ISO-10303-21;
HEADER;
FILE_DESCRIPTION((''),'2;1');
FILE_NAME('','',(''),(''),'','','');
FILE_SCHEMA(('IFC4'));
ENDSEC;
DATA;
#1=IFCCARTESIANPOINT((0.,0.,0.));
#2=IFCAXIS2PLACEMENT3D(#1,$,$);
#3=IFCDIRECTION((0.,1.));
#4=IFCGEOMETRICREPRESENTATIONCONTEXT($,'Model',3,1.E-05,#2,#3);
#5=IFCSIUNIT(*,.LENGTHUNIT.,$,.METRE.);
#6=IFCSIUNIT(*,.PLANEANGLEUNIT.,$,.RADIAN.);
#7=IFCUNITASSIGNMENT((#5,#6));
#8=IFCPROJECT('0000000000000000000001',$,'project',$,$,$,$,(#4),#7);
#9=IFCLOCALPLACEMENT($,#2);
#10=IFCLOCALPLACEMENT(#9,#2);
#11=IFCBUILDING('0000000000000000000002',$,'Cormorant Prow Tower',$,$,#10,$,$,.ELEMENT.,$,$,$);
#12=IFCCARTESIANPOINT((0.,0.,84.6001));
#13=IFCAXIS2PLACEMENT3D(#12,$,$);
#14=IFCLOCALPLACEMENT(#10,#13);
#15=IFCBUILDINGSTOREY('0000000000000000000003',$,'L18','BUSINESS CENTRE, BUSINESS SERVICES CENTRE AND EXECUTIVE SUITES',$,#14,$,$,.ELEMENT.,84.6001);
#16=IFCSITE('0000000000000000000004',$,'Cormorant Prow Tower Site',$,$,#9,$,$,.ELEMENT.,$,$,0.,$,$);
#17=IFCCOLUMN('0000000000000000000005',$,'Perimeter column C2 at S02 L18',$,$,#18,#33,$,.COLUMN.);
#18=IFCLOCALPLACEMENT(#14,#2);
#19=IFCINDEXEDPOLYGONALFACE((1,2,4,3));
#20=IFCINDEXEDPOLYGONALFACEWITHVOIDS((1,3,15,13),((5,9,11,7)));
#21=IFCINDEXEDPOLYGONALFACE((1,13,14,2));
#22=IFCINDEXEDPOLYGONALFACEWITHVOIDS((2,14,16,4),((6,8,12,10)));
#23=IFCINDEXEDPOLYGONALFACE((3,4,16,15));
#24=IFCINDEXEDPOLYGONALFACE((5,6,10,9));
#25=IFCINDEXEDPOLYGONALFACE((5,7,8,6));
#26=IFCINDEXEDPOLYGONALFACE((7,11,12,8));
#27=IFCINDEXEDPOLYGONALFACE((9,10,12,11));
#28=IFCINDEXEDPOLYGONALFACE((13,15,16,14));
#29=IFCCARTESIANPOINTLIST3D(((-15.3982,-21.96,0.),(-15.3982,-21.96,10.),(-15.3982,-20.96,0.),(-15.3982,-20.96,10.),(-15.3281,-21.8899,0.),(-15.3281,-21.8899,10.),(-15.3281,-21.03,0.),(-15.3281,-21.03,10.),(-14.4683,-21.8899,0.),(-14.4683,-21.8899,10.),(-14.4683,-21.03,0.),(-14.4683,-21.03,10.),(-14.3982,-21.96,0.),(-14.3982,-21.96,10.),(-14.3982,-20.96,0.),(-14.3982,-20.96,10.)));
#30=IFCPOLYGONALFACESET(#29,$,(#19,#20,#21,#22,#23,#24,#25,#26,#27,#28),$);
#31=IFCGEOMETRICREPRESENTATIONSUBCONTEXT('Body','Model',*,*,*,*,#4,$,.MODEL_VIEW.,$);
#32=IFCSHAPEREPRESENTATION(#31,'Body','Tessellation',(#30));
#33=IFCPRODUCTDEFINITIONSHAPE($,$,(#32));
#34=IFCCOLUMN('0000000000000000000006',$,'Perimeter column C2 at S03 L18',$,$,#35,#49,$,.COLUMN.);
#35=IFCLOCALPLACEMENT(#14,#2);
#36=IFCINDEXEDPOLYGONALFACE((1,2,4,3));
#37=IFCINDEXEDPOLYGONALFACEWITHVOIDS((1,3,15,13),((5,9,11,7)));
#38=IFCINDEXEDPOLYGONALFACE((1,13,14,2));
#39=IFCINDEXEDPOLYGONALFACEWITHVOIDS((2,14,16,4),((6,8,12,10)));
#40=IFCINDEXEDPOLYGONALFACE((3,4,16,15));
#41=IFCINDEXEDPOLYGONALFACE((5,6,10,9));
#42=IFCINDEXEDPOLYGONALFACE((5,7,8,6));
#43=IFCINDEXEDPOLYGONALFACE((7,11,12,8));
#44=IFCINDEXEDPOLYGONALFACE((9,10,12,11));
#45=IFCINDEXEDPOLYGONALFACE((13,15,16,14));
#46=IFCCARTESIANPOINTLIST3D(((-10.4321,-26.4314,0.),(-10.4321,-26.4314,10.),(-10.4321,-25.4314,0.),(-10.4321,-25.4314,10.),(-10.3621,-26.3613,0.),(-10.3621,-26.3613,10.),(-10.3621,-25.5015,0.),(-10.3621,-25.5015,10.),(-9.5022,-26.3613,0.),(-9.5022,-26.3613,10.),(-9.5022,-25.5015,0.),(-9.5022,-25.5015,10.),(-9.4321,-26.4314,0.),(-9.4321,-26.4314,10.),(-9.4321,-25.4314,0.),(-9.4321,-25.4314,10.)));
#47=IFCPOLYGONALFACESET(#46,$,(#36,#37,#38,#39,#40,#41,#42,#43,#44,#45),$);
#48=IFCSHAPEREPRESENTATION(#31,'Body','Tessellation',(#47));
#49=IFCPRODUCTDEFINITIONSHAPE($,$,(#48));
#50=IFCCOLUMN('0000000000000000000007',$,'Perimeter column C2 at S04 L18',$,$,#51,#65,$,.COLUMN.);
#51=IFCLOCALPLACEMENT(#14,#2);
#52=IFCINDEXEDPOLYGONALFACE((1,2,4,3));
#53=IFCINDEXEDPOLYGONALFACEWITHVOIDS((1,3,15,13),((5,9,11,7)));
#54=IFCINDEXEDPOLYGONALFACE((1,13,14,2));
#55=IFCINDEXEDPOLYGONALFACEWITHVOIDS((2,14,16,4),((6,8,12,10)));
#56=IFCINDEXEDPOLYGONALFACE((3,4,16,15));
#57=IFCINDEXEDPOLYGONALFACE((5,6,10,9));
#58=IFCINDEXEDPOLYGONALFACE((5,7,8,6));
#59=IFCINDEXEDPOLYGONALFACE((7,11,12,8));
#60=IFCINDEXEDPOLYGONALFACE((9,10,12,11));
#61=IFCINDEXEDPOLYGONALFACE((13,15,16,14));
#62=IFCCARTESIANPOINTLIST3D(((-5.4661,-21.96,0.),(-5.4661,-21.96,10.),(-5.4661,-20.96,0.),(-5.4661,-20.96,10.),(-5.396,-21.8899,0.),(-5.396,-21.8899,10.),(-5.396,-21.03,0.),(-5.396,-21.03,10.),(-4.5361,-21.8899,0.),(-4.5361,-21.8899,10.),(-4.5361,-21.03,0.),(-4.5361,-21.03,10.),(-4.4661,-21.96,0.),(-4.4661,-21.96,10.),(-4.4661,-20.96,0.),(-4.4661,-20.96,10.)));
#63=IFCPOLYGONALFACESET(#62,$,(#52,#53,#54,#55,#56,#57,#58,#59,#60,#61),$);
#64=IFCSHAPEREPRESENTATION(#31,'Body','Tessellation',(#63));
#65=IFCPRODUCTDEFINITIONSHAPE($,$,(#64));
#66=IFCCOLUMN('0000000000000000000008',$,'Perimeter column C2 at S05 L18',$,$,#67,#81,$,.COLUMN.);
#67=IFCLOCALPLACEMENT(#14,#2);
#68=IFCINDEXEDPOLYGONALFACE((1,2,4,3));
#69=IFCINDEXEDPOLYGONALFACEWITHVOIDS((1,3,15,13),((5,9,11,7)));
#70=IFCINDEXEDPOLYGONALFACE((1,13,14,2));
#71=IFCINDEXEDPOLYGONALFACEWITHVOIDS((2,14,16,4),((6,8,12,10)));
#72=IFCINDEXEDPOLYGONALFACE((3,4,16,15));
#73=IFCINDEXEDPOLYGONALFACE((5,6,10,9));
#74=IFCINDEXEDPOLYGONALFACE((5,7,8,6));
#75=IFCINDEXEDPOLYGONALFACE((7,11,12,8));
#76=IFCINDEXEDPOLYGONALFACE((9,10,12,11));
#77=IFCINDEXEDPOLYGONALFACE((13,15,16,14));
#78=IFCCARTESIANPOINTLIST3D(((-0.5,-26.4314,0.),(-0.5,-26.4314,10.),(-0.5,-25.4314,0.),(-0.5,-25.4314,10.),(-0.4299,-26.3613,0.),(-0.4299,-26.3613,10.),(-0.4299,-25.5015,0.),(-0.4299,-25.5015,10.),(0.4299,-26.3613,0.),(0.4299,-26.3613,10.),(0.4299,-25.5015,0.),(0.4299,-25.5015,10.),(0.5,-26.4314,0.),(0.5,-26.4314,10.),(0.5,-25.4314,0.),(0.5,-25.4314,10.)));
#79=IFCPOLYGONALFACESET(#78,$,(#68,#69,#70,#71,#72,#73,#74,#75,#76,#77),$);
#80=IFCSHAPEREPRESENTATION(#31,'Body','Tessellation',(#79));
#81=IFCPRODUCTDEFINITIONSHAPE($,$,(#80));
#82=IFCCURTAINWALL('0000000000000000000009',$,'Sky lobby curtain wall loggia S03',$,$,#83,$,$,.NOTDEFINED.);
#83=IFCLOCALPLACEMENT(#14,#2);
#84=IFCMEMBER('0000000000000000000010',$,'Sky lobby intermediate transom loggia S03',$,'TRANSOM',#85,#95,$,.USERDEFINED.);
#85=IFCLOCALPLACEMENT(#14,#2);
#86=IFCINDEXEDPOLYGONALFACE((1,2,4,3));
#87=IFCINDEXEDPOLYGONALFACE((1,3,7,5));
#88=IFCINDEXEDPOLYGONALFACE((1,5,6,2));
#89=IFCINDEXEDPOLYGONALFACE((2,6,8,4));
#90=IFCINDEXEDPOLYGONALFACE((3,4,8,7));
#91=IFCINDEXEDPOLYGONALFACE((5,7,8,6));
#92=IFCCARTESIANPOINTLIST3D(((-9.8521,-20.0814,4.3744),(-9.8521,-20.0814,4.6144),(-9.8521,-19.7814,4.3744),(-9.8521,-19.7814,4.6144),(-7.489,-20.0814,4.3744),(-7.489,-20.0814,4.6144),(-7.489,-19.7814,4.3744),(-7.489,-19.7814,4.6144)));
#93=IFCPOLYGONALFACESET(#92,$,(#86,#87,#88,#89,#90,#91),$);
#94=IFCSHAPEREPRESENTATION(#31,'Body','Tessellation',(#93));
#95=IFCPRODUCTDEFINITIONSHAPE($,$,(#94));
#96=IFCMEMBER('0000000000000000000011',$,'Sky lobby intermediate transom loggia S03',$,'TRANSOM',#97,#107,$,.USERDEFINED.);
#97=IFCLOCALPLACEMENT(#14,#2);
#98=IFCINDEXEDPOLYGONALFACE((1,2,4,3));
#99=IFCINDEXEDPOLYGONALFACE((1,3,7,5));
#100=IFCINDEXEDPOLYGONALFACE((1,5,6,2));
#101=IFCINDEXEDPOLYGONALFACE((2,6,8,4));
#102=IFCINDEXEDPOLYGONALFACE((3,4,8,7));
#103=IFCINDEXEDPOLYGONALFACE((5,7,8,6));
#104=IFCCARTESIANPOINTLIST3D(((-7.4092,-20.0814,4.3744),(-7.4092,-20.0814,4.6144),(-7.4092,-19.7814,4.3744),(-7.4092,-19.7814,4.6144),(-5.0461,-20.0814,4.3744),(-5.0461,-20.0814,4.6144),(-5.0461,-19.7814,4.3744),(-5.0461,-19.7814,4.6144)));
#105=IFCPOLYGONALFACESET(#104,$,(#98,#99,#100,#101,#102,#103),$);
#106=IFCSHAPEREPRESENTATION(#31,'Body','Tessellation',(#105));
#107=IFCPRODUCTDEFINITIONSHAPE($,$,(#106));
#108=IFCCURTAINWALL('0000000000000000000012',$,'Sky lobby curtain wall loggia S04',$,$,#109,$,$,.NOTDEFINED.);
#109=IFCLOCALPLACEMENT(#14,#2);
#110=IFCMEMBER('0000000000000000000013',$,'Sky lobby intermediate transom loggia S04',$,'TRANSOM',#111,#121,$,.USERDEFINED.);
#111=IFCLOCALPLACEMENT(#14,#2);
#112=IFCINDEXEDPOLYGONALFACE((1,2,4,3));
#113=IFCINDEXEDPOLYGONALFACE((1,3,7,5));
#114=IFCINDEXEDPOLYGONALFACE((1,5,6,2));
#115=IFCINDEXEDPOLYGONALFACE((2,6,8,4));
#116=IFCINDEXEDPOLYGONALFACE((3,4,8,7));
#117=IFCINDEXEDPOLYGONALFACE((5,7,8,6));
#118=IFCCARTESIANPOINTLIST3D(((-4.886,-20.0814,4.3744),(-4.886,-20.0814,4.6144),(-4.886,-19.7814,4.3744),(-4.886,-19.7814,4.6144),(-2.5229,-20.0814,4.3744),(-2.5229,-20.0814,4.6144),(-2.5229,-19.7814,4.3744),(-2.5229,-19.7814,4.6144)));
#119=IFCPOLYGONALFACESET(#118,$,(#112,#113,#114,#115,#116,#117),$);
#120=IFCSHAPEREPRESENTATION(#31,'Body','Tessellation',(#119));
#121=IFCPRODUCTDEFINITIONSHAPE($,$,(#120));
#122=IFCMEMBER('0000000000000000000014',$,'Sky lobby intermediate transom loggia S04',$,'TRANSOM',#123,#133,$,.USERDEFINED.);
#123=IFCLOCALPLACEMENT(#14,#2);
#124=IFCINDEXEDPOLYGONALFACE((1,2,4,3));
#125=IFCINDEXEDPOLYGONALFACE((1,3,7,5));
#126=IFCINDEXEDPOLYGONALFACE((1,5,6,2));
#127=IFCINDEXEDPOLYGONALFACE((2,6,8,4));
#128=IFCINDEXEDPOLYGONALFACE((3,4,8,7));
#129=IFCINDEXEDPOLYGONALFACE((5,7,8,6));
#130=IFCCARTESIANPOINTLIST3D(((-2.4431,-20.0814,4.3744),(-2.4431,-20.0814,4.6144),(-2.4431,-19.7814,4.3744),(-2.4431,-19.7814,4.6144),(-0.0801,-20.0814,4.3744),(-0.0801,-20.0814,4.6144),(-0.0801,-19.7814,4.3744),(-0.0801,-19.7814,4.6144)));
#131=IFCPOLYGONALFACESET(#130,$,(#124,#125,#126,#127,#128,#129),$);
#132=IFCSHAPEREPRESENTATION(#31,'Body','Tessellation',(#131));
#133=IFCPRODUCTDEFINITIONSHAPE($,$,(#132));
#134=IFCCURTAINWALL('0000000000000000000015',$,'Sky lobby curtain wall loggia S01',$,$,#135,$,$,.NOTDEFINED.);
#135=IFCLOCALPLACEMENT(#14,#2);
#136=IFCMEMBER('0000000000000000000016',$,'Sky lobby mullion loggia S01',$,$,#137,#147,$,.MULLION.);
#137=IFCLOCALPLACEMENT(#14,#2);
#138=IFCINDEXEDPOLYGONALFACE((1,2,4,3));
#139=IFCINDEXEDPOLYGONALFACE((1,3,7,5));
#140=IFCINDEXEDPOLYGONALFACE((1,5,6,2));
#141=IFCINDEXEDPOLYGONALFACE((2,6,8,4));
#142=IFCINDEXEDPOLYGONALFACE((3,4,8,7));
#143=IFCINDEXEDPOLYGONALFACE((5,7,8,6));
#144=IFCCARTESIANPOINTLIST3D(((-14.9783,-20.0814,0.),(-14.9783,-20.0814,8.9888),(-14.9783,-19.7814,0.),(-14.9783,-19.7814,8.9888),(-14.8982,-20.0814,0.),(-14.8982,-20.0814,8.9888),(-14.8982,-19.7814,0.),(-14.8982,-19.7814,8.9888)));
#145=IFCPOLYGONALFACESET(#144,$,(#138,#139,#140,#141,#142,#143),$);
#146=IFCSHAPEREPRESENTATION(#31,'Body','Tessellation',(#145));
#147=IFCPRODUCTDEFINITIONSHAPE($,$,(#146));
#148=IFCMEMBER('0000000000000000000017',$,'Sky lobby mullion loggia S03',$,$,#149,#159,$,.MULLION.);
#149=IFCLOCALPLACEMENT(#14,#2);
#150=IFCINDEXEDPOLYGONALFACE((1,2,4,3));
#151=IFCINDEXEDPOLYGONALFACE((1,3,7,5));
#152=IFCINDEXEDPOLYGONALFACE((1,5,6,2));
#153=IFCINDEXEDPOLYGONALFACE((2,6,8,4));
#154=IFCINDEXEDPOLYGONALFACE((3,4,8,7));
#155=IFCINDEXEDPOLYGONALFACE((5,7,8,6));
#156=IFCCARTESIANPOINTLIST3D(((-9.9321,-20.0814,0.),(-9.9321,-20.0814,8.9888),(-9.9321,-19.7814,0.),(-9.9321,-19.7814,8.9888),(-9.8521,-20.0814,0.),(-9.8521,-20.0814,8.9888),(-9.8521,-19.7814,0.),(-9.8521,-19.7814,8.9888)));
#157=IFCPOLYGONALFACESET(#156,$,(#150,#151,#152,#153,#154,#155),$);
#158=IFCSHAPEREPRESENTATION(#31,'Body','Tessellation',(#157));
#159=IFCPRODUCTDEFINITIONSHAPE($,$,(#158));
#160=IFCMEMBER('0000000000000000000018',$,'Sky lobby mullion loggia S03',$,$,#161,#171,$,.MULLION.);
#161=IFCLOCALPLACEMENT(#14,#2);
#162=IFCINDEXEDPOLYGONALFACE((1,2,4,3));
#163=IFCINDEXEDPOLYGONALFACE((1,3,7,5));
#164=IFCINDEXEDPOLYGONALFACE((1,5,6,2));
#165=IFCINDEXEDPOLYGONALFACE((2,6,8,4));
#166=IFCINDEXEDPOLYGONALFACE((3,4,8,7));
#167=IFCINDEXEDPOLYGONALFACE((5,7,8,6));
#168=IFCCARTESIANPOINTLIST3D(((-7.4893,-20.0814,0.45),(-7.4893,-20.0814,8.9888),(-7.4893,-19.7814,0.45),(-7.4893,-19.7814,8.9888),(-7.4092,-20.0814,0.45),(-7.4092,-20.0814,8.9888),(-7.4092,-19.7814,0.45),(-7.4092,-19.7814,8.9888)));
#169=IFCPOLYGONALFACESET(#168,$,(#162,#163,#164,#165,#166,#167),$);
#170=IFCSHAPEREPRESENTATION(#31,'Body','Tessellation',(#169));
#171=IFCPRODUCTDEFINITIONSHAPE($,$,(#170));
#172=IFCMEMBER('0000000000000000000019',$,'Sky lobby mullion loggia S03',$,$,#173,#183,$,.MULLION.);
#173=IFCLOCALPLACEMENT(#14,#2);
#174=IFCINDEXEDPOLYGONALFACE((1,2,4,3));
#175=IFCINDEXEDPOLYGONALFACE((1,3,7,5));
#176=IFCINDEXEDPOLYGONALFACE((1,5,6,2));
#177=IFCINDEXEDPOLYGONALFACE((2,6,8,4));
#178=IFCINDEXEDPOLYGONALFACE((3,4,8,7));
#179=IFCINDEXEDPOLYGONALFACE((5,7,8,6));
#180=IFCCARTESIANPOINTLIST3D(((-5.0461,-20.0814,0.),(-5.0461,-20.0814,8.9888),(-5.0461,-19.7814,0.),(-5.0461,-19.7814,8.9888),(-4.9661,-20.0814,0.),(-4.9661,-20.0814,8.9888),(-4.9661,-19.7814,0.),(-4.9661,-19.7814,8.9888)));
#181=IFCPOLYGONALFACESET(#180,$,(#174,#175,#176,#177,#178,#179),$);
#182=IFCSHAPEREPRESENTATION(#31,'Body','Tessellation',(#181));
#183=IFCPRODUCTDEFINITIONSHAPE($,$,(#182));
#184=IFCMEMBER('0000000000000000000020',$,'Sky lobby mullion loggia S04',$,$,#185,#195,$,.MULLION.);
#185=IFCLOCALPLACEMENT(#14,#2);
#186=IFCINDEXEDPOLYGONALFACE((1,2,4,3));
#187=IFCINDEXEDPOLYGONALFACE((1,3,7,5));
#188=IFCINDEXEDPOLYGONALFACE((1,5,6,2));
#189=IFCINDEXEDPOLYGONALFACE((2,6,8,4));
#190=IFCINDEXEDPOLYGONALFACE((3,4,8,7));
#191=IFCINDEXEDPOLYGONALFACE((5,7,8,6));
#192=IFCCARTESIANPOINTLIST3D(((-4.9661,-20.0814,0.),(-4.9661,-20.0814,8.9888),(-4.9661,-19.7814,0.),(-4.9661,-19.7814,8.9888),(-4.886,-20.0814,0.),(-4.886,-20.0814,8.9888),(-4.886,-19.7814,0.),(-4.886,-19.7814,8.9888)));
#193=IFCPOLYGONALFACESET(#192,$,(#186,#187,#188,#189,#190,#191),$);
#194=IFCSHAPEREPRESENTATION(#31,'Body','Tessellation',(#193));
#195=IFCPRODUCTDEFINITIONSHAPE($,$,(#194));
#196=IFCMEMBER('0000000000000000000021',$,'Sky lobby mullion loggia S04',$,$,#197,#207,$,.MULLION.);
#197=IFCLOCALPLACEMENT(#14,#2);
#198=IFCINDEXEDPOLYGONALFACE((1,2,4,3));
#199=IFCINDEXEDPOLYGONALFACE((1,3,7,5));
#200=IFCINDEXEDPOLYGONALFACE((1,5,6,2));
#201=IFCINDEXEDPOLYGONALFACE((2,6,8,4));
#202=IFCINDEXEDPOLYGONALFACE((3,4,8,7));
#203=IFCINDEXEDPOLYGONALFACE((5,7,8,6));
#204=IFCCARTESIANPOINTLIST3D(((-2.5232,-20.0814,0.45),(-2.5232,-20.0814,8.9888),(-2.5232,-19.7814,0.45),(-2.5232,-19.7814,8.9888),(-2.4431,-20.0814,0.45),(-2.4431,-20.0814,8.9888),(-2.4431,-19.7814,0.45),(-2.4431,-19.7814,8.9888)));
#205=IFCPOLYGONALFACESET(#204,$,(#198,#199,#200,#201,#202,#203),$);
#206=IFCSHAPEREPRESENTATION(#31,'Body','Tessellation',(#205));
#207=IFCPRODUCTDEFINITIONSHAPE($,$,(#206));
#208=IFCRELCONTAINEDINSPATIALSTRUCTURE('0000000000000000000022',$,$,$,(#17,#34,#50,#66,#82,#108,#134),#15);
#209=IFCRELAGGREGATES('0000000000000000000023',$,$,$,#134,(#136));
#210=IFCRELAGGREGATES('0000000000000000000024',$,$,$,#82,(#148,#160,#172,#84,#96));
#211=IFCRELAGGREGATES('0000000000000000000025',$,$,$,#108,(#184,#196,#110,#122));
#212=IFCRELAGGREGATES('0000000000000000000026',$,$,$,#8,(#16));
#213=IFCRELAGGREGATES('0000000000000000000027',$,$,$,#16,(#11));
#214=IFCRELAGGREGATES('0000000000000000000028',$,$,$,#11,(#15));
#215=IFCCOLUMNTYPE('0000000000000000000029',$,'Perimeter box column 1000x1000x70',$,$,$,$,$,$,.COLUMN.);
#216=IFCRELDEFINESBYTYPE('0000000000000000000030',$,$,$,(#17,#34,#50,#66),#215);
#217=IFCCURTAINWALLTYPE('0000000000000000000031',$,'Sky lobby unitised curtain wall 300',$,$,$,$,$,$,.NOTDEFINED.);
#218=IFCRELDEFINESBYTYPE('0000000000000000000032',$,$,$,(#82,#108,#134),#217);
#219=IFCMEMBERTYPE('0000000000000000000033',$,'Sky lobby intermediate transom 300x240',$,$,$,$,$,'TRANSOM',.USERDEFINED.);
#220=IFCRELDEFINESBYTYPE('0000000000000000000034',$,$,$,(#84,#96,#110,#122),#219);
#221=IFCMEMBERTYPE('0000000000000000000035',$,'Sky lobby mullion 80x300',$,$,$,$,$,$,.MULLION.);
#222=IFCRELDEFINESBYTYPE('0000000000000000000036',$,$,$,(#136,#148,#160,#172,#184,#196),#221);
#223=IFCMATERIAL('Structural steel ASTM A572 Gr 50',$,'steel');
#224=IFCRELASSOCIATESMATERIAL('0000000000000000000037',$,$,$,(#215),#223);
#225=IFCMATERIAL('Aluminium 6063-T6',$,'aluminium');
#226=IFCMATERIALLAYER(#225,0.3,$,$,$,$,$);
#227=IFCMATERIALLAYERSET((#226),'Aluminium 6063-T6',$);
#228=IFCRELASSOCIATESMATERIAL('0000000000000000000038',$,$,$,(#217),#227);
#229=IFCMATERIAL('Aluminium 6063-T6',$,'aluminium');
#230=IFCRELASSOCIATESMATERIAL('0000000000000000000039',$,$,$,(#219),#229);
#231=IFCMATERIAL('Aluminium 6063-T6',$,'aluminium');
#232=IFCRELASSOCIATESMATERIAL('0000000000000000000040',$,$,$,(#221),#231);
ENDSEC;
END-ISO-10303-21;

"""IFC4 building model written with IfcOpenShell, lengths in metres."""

from ifc_helpers import new_model, si_unit, direction, frame, origin, origin_2d, place, context, subcontext, project, spatial, rectangle, hollow_rectangle, extrude, material, layer, layer_set, material_profile, profile_set, type_object, element, aggregate, save


model = new_model("IFC4")

# Units and contexts
model_context = context("Model", 3, precision=1e-05, world=origin(), true_north=direction((0.0, 1.0)))
body_context = subcontext(model_context, "Body", "Model", "MODEL_VIEW")
ifc_project = project(units=[si_unit("LENGTHUNIT", "METRE"), si_unit("PLANEANGLEUNIT", "RADIAN")], contexts=[model_context])

# Site, building, storey
site_placement = place(None, origin())
site = spatial("IfcSite", under=ifc_project, at=site_placement, Name="Cormorant Prow Tower Site", CompositionType="ELEMENT", RefElevation=0.0)
building_placement = place(site_placement, origin())
building = spatial("IfcBuilding", under=site, at=building_placement, Name="Cormorant Prow Tower", CompositionType="ELEMENT")
storey_placement = place(building_placement, frame((0.0, 0.0, 84.6001)))
storey = spatial("IfcBuildingStorey", under=building, at=storey_placement, Name="L18", Description="BUSINESS CENTRE, BUSINESS SERVICES CENTRE AND EXECUTIVE SUITES", CompositionType="ELEMENT", Elevation=84.6001)

# Columns
ifc_material_1 = material(Name="Structural steel ASTM A572 Gr 50", Category="steel")
ifc_material_profile_1 = material_profile(ifc_material_1, hollow_rectangle(XDim=1.0, YDim=1.0, WallThickness=0.0701, at=origin_2d()), Name="Box 1000x1000x70")
ifc_profile_set_1 = profile_set([ifc_material_profile_1], Name="Structural steel ASTM A572 Gr 50")
column_type = type_object("IfcColumnType", Name="Perimeter box column 1000x1000x70", PredefinedType="COLUMN", material=ifc_profile_set_1)
for number, where, z_axis, x_axis, name in (
    (1, (-14.8982, -21.46, 0.0), (0.0, 0.0, 1.0), (1.0, 0.0, 0.0), "Perimeter column C2 at S02 L18"),
    (2, (-9.9321, -25.9314, 0.0), (0.0, 0.0, 1.0), (1.0, 0.0, 0.0), "Perimeter column C2 at S03 L18"),
    (3, (-4.9661, -21.46, 0.0), (0.0, 0.0, 1.0), (1.0, 0.0, 0.0), "Perimeter column C2 at S04 L18"),
    (4, (0.0, -25.9314, 0.0), (0.0, 0.0, 1.0), (1.0, 0.0, 0.0), "Perimeter column C2 at S05 L18"),
):
    element("IfcColumn", number, at=place(storey_placement, frame(where, z_axis=z_axis, x_axis=x_axis)), inside=storey, type_object=column_type, Name=name, PredefinedType="COLUMN", context=body_context, shape_type="SweptSolid", body=[
        extrude(hollow_rectangle(XDim=1.0, YDim=1.0, WallThickness=0.0701, at=origin_2d()), origin(), (0.0, 0.0, 1.0), 10.0),
    ])

# Curtain walls, members
ifc_material_2 = material(Name="Aluminium 6063-T6", Category="aluminium")
ifc_layer_1 = layer(ifc_material_2, 0.3)
ifc_layer_set_1 = layer_set([ifc_layer_1], Name="Aluminium 6063-T6")
curtain_wall_type = type_object("IfcCurtainWallType", Name="Sky lobby unitised curtain wall 300", PredefinedType="NOTDEFINED", material=ifc_layer_set_1)
curtain_wall_1_placement = place(storey_placement, origin())
curtain_wall_1 = element("IfcCurtainWall", 5, at=curtain_wall_1_placement, inside=storey, type_object=curtain_wall_type, Name="Sky lobby curtain wall loggia S03", PredefinedType="NOTDEFINED")
ifc_material_3 = material(Name="Aluminium 6063-T6", Category="aluminium")
ifc_material_profile_2 = material_profile(ifc_material_3, rectangle(XDim=0.3, YDim=0.24, at=origin_2d()), Name="Sky lobby intermediate transom 300x240")
ifc_profile_set_2 = profile_set([ifc_material_profile_2], Name="Aluminium 6063-T6")
member_type_1 = type_object("IfcMemberType", Name="Sky lobby intermediate transom 300x240", ElementType="TRANSOM", PredefinedType="USERDEFINED", material=ifc_profile_set_2)
member_1_placement = place(storey_placement, frame((-9.8521, -19.9314, 4.4944), z_axis=(1.0, 0.0, 0.0), x_axis=(0.0, 1.0, 0.0)))
member_1 = element("IfcMember", 6, at=member_1_placement, type_object=member_type_1, Name="Sky lobby intermediate transom loggia S03", ObjectType="TRANSOM", PredefinedType="USERDEFINED", context=body_context, shape_type="SweptSolid", body=[
    extrude(rectangle(XDim=0.3, YDim=0.24, at=origin_2d()), origin(), (0.0, 0.0, 1.0), 2.363),
])
member_2_placement = place(storey_placement, frame((-7.4092, -19.9314, 4.4944), z_axis=(1.0, 0.0, 0.0), x_axis=(0.0, 1.0, 0.0)))
member_2 = element("IfcMember", 7, at=member_2_placement, type_object=member_type_1, Name="Sky lobby intermediate transom loggia S03", ObjectType="TRANSOM", PredefinedType="USERDEFINED", context=body_context, shape_type="SweptSolid", body=[
    extrude(rectangle(XDim=0.3, YDim=0.24, at=origin_2d()), origin(), (0.0, 0.0, 1.0), 2.363),
])
curtain_wall_2_placement = place(storey_placement, origin())
curtain_wall_2 = element("IfcCurtainWall", 8, at=curtain_wall_2_placement, inside=storey, type_object=curtain_wall_type, Name="Sky lobby curtain wall loggia S04", PredefinedType="NOTDEFINED")
member_3_placement = place(storey_placement, frame((-4.886, -19.9314, 4.4944), z_axis=(1.0, 0.0, 0.0), x_axis=(0.0, 1.0, 0.0)))
member_3 = element("IfcMember", 9, at=member_3_placement, type_object=member_type_1, Name="Sky lobby intermediate transom loggia S04", ObjectType="TRANSOM", PredefinedType="USERDEFINED", context=body_context, shape_type="SweptSolid", body=[
    extrude(rectangle(XDim=0.3, YDim=0.24, at=origin_2d()), origin(), (0.0, 0.0, 1.0), 2.363),
])
member_4_placement = place(storey_placement, frame((-2.4431, -19.9314, 4.4944), z_axis=(1.0, 0.0, 0.0), x_axis=(0.0, 1.0, 0.0)))
member_4 = element("IfcMember", 10, at=member_4_placement, type_object=member_type_1, Name="Sky lobby intermediate transom loggia S04", ObjectType="TRANSOM", PredefinedType="USERDEFINED", context=body_context, shape_type="SweptSolid", body=[
    extrude(rectangle(XDim=0.3, YDim=0.24, at=origin_2d()), origin(), (0.0, 0.0, 1.0), 2.363),
])

# Curtain wall, member
curtain_wall_3_placement = place(storey_placement, origin())
curtain_wall_3 = element("IfcCurtainWall", 11, at=curtain_wall_3_placement, inside=storey, type_object=curtain_wall_type, Name="Sky lobby curtain wall loggia S01", PredefinedType="NOTDEFINED")
ifc_material_4 = material(Name="Aluminium 6063-T6", Category="aluminium")
ifc_material_profile_3 = material_profile(ifc_material_4, rectangle(XDim=0.3, YDim=0.0801, at=origin_2d()), Name="Sky lobby mullion 80x300")
ifc_profile_set_3 = profile_set([ifc_material_profile_3], Name="Aluminium 6063-T6")
member_type_2 = type_object("IfcMemberType", Name="Sky lobby mullion 80x300", PredefinedType="MULLION", material=ifc_profile_set_3)
member_5_placement = place(storey_placement, frame((-14.9382, -19.9314, 0.0), z_axis=(0.0, 0.0, 1.0), x_axis=(0.0, 1.0, 0.0)))
member_5 = element("IfcMember", 12, at=member_5_placement, type_object=member_type_2, Name="Sky lobby mullion loggia S01", PredefinedType="MULLION", context=body_context, shape_type="SweptSolid", body=[
    extrude(rectangle(XDim=0.3, YDim=0.0801, at=origin_2d()), origin(), (0.0, 0.0, 1.0), 8.9888),
])
aggregate(curtain_wall_3, [member_5])

# Members
member_6_placement = place(storey_placement, frame((-9.8921, -19.9314, 0.0), z_axis=(0.0, 0.0, 1.0), x_axis=(0.0, 1.0, 0.0)))
member_6 = element("IfcMember", 13, at=member_6_placement, type_object=member_type_2, Name="Sky lobby mullion loggia S03", PredefinedType="MULLION", context=body_context, shape_type="SweptSolid", body=[
    extrude(rectangle(XDim=0.3, YDim=0.0801, at=origin_2d()), origin(), (0.0, 0.0, 1.0), 8.9888),
])
member_7_placement = place(storey_placement, frame((-7.4492, -19.9314, 0.45), z_axis=(0.0, 0.0, 1.0), x_axis=(0.0, 1.0, 0.0)))
member_7 = element("IfcMember", 14, at=member_7_placement, type_object=member_type_2, Name="Sky lobby mullion loggia S03", PredefinedType="MULLION", context=body_context, shape_type="SweptSolid", body=[
    extrude(rectangle(XDim=0.3, YDim=0.0801, at=origin_2d()), origin(), (0.0, 0.0, 1.0), 8.5388),
])
member_8_placement = place(storey_placement, frame((-5.0061, -19.9314, 0.0), z_axis=(0.0, 0.0, 1.0), x_axis=(0.0, 1.0, 0.0)))
member_8 = element("IfcMember", 15, at=member_8_placement, type_object=member_type_2, Name="Sky lobby mullion loggia S03", PredefinedType="MULLION", context=body_context, shape_type="SweptSolid", body=[
    extrude(rectangle(XDim=0.3, YDim=0.0801, at=origin_2d()), origin(), (0.0, 0.0, 1.0), 8.9888),
])
member_9_placement = place(storey_placement, frame((-4.926, -19.9314, 0.0), z_axis=(0.0, 0.0, 1.0), x_axis=(0.0, 1.0, 0.0)))
member_9 = element("IfcMember", 16, at=member_9_placement, type_object=member_type_2, Name="Sky lobby mullion loggia S04", PredefinedType="MULLION", context=body_context, shape_type="SweptSolid", body=[
    extrude(rectangle(XDim=0.3, YDim=0.0801, at=origin_2d()), origin(), (0.0, 0.0, 1.0), 8.9888),
])
member_10_placement = place(storey_placement, frame((-2.4832, -19.9314, 0.45), z_axis=(0.0, 0.0, 1.0), x_axis=(0.0, 1.0, 0.0)))
member_10 = element("IfcMember", 17, at=member_10_placement, type_object=member_type_2, Name="Sky lobby mullion loggia S04", PredefinedType="MULLION", context=body_context, shape_type="SweptSolid", body=[
    extrude(rectangle(XDim=0.3, YDim=0.0801, at=origin_2d()), origin(), (0.0, 0.0, 1.0), 8.5388),
])

aggregate(curtain_wall_1, [member_6, member_7, member_8, member_1, member_2])
aggregate(curtain_wall_2, [member_9, member_10, member_3, member_4])

save(model, "model.ifc")
